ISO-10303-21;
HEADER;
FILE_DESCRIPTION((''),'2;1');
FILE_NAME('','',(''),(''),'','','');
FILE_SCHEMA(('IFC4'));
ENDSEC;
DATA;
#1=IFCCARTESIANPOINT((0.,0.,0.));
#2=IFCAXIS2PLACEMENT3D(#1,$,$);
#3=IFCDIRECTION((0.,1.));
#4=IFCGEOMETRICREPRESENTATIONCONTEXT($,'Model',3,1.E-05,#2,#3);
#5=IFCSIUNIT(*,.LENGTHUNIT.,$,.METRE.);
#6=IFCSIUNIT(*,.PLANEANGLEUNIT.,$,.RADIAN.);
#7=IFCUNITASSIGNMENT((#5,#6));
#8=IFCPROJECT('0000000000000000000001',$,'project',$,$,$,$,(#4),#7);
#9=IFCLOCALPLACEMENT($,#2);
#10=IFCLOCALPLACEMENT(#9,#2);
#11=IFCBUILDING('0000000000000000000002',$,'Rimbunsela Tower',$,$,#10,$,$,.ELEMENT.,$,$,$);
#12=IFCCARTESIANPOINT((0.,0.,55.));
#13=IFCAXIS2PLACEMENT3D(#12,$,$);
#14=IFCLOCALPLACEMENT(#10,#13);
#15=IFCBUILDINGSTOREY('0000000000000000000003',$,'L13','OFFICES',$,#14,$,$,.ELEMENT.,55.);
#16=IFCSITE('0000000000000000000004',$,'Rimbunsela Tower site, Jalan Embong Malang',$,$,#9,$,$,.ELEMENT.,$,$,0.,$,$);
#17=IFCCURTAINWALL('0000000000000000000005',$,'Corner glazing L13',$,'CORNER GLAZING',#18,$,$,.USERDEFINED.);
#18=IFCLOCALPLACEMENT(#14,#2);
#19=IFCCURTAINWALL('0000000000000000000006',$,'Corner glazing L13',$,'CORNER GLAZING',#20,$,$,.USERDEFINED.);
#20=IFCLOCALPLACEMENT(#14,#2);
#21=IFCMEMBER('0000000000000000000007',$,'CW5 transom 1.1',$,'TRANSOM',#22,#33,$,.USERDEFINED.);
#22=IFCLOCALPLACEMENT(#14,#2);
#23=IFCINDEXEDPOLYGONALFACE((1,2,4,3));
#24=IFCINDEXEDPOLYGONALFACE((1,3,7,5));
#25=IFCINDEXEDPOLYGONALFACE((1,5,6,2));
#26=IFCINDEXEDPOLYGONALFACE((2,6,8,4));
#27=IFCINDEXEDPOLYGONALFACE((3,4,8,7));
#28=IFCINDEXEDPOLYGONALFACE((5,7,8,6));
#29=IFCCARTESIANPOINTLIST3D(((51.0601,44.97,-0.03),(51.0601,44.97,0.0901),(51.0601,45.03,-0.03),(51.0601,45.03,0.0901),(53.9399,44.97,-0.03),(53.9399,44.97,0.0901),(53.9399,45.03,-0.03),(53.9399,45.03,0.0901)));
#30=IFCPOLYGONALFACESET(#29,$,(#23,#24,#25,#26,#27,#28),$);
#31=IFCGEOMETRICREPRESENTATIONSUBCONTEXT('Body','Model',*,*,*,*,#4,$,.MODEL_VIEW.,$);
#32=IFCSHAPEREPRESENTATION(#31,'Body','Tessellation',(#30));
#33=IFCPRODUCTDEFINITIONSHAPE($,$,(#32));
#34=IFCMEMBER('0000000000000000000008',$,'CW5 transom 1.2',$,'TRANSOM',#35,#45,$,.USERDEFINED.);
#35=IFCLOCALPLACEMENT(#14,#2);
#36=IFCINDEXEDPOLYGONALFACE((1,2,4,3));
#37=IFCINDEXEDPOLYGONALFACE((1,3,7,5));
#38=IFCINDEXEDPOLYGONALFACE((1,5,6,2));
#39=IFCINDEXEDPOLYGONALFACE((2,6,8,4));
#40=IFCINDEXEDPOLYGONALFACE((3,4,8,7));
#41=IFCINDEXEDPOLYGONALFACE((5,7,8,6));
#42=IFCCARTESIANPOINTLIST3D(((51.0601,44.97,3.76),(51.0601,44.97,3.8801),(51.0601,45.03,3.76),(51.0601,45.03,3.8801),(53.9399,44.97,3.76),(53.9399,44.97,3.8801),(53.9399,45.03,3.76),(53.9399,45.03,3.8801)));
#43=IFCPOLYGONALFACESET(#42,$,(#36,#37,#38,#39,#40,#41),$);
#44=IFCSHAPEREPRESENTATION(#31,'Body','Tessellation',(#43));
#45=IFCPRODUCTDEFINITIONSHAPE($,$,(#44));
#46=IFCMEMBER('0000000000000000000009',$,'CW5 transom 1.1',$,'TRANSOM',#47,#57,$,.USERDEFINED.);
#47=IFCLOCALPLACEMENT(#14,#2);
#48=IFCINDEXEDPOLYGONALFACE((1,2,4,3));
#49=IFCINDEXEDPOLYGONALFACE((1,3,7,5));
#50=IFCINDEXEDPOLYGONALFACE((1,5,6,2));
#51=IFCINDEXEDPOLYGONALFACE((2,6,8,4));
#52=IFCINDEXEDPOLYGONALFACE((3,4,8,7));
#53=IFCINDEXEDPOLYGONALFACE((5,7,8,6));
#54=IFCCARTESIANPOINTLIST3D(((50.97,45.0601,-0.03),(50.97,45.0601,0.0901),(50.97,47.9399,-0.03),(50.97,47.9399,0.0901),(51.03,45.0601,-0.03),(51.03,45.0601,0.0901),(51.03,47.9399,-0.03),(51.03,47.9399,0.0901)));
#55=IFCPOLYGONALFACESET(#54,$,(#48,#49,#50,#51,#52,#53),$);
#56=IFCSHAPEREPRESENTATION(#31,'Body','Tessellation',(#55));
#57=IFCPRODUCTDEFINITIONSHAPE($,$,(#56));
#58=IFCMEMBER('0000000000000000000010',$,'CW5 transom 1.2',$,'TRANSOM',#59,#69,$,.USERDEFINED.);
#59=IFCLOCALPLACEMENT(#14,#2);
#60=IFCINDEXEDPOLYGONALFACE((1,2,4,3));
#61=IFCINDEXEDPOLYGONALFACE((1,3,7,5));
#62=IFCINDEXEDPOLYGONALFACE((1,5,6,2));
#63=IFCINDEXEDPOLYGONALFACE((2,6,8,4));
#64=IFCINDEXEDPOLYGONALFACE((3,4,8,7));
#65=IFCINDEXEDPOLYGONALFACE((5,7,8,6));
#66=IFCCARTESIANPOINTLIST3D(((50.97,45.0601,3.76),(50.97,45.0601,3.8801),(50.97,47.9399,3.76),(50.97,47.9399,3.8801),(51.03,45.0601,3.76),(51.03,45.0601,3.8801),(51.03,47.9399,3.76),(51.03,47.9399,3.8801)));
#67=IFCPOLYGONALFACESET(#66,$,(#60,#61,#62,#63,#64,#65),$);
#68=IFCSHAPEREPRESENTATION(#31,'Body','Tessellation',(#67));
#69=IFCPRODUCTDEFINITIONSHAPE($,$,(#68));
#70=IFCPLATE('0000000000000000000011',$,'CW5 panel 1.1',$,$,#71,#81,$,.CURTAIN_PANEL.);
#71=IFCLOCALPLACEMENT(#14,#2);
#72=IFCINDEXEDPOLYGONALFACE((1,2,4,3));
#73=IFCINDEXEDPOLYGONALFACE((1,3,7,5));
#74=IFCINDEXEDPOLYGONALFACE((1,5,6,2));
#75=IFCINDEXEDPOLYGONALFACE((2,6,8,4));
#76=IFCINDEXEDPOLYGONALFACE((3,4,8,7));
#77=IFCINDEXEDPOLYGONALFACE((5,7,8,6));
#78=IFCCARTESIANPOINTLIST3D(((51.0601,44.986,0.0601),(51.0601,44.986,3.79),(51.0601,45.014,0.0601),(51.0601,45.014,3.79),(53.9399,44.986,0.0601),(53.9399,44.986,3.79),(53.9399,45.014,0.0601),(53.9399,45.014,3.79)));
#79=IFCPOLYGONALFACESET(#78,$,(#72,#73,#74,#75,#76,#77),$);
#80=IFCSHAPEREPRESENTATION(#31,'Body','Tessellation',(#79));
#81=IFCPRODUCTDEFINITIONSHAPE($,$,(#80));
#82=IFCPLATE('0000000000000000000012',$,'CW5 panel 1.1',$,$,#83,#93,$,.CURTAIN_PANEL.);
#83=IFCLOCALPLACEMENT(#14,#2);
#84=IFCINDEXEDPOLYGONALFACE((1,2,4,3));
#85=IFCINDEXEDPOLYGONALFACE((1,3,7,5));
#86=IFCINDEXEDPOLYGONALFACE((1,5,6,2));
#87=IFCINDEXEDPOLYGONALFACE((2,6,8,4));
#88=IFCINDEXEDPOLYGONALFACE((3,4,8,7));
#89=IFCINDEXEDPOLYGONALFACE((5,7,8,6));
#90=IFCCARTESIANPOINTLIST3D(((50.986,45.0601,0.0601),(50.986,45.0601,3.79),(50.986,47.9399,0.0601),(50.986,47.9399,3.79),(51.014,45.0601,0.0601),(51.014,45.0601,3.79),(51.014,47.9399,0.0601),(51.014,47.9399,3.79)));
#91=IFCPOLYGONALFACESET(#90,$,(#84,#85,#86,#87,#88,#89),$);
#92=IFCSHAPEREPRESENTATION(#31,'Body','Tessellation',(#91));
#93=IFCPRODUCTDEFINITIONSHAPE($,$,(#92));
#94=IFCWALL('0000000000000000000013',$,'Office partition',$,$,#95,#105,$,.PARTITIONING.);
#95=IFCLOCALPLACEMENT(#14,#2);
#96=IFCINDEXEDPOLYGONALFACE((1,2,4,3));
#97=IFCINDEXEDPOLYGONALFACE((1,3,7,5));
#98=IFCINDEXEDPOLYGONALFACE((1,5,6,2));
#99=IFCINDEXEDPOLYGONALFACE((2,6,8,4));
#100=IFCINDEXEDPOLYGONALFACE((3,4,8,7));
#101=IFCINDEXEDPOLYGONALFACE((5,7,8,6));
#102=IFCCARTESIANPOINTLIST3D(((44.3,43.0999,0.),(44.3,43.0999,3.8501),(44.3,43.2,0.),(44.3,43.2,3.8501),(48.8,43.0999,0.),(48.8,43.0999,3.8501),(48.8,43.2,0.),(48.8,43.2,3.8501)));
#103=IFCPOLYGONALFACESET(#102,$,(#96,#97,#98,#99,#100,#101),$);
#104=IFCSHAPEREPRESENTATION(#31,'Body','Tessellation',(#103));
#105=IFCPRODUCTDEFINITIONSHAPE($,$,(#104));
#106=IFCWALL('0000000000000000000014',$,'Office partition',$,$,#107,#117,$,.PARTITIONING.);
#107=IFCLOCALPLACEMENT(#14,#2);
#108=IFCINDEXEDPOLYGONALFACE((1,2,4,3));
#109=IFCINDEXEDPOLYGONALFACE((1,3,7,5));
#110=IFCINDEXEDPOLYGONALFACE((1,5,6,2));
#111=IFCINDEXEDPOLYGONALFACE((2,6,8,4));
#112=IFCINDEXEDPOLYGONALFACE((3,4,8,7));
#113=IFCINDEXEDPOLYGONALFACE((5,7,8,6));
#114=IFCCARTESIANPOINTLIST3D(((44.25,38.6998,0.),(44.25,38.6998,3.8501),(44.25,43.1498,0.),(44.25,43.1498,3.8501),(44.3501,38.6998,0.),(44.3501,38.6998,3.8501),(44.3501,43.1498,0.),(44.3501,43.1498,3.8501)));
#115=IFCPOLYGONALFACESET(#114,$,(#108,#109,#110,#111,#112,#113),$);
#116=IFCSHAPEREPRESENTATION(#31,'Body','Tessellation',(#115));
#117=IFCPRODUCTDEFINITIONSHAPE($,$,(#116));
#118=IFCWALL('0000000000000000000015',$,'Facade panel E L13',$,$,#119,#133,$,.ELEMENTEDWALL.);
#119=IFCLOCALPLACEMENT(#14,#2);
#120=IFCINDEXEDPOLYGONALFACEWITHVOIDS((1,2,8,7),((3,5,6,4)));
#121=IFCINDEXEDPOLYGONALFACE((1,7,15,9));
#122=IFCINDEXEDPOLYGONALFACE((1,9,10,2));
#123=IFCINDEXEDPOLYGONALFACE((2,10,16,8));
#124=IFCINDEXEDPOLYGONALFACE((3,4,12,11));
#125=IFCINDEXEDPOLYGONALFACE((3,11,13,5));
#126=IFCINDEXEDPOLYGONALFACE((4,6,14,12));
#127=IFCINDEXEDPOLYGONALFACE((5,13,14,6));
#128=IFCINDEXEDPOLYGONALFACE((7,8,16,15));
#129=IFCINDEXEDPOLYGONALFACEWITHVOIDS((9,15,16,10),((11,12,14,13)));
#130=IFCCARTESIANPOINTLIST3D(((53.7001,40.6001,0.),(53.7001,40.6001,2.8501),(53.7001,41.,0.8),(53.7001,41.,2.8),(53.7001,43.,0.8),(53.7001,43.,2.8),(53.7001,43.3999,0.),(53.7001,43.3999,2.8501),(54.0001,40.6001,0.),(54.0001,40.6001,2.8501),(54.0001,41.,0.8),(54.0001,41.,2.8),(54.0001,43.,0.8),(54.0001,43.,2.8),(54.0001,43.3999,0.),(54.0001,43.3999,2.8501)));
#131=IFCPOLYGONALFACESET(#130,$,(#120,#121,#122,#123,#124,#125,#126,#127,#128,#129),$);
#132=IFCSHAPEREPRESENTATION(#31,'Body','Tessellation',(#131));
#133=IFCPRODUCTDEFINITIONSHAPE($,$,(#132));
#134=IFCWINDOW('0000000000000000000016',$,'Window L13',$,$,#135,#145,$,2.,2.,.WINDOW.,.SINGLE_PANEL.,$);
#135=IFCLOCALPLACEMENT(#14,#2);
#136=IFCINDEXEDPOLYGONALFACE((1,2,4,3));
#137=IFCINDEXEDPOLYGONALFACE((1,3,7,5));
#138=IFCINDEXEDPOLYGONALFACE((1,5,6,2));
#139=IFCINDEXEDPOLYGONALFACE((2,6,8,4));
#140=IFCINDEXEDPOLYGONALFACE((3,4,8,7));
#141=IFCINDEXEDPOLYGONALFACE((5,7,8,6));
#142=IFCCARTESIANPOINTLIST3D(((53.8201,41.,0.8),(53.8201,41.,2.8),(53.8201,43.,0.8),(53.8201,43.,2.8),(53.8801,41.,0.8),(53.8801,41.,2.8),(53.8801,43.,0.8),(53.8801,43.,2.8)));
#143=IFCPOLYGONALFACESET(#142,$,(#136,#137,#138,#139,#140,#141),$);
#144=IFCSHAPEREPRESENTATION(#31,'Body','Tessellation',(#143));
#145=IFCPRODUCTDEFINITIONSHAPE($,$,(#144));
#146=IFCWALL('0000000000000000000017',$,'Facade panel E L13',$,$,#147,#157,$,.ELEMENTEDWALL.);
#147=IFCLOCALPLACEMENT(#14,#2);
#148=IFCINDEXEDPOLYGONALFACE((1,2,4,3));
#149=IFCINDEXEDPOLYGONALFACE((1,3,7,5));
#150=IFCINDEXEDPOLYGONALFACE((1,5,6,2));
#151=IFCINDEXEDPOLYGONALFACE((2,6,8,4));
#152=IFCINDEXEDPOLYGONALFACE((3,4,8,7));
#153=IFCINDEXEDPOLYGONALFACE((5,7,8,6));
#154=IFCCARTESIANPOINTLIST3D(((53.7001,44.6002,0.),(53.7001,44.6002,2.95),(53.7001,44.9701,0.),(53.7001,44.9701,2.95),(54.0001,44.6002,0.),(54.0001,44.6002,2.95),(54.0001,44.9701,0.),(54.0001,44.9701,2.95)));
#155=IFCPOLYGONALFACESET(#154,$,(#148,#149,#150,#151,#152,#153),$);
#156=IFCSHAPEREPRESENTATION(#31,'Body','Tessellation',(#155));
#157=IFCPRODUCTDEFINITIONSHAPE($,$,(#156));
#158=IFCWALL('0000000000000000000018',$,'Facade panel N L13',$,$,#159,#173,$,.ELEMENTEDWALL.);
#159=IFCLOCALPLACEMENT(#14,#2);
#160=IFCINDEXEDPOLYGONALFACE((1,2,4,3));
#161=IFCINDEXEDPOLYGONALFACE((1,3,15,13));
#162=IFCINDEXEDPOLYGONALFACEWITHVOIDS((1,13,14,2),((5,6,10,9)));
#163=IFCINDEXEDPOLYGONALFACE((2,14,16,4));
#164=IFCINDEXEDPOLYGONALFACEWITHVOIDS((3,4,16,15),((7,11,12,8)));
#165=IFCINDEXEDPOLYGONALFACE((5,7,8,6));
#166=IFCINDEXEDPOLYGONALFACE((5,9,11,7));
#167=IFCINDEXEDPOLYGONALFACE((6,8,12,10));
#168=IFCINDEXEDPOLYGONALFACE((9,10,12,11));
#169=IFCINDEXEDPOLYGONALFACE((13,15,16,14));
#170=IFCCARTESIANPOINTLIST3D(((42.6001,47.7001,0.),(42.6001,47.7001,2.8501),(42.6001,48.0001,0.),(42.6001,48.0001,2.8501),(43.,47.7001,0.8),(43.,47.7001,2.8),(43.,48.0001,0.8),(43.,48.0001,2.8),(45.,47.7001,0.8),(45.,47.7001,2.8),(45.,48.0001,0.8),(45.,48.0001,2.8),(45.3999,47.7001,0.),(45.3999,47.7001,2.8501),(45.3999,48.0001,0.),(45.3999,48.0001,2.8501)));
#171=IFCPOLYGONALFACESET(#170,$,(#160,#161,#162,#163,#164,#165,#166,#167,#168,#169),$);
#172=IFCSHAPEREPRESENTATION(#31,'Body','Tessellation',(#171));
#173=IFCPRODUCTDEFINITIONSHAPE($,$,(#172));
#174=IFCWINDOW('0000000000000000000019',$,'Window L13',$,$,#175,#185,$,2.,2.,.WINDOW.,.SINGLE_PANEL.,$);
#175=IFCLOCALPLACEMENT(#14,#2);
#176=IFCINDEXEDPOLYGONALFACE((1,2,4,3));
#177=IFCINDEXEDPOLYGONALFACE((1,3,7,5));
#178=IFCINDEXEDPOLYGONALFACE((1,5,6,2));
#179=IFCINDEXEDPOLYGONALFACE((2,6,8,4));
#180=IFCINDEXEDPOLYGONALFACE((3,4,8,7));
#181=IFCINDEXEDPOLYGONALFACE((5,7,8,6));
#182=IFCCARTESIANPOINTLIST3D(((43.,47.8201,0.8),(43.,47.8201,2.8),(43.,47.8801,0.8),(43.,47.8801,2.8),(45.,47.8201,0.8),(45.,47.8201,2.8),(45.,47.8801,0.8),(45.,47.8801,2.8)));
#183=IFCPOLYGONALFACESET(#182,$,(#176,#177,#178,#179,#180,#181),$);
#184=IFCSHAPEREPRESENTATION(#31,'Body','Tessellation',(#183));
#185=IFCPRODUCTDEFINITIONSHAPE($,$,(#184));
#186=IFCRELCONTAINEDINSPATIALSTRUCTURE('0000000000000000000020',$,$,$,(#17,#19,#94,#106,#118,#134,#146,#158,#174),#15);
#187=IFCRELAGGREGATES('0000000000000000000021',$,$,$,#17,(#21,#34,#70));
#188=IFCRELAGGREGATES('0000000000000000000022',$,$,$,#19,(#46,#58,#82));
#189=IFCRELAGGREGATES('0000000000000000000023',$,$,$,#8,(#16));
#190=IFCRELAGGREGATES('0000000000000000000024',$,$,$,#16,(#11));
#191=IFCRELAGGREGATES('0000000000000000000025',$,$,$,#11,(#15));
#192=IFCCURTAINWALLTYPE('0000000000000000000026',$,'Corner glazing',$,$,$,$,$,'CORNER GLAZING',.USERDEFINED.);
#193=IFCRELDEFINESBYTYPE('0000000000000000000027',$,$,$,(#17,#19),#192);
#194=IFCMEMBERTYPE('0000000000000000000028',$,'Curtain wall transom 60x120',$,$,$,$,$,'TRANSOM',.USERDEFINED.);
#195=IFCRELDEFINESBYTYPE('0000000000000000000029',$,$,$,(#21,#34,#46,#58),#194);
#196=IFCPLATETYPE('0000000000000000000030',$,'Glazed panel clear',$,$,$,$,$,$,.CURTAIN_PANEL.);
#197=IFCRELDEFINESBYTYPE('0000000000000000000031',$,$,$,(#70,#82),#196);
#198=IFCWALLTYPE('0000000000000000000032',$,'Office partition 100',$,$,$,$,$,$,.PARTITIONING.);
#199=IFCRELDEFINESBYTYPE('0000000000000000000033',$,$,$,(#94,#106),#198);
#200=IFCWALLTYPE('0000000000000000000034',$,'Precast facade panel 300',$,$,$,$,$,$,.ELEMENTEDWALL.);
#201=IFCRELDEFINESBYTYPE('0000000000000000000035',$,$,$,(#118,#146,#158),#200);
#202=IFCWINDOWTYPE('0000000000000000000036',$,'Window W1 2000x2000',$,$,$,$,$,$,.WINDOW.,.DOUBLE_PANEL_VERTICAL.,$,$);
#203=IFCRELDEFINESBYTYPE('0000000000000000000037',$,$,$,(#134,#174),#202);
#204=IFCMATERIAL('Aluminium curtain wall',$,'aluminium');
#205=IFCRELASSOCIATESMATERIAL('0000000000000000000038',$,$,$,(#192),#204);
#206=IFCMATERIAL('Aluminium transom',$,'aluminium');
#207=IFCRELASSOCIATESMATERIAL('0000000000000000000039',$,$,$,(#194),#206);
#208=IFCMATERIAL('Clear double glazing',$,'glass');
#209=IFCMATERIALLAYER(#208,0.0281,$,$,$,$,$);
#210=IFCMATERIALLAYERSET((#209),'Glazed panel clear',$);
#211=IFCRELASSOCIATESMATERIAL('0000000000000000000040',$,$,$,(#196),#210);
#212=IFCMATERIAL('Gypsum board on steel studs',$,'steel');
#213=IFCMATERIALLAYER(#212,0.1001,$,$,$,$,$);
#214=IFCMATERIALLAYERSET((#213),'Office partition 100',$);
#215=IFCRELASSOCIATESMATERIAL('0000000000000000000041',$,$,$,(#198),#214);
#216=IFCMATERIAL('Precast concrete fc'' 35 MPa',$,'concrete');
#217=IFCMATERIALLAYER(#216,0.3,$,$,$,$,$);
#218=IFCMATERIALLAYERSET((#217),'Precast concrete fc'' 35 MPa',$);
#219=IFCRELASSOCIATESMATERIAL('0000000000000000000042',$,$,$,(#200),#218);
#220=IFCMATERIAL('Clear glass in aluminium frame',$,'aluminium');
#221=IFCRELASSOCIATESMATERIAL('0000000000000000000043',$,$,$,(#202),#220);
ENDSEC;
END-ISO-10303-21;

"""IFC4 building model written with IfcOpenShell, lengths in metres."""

from ifc_helpers import new_model, si_unit, direction, frame, frame_2d, origin, origin_2d, place, context, subcontext, project, spatial, rectangle, extrude, material, layer, layer_set, material_profile, profile_set, type_object, element, fill, aggregate, save


model = new_model("IFC4")

# Units and contexts
model_context = context("Model", 3, precision=1e-05, world=origin(), true_north=direction((0.0, 1.0)))
body_context = subcontext(model_context, "Body", "Model", "MODEL_VIEW")
ifc_project = project(units=[si_unit("LENGTHUNIT", "METRE"), si_unit("PLANEANGLEUNIT", "RADIAN")], contexts=[model_context])

# Site, building, storey
site_placement = place(None, origin())
site = spatial("IfcSite", under=ifc_project, at=site_placement, Name="Rimbunsela Tower site, Jalan Embong Malang", CompositionType="ELEMENT", RefElevation=0.0)
building_placement = place(site_placement, origin())
building = spatial("IfcBuilding", under=site, at=building_placement, Name="Rimbunsela Tower", CompositionType="ELEMENT")
storey_placement = place(building_placement, frame((0.0, 0.0, 55.0)))
storey = spatial("IfcBuildingStorey", under=building, at=storey_placement, Name="L13", Description="OFFICES", CompositionType="ELEMENT", Elevation=55.0)

# Curtain walls
ifc_material_1 = material(Name="Aluminium curtain wall", Category="aluminium")
curtain_wall_type = type_object("IfcCurtainWallType", Name="Corner glazing", ElementType="CORNER GLAZING", PredefinedType="USERDEFINED", material=ifc_material_1)
curtain_wall_1_placement = place(storey_placement, origin())
curtain_wall_1 = element("IfcCurtainWall", 1, at=curtain_wall_1_placement, inside=storey, type_object=curtain_wall_type, Name="Corner glazing L13", ObjectType="CORNER GLAZING", PredefinedType="USERDEFINED")
curtain_wall_2_placement = place(storey_placement, origin())
curtain_wall_2 = element("IfcCurtainWall", 2, at=curtain_wall_2_placement, inside=storey, type_object=curtain_wall_type, Name="Corner glazing L13", ObjectType="CORNER GLAZING", PredefinedType="USERDEFINED")

# Members
ifc_material_2 = material(Name="Aluminium transom", Category="aluminium")
ifc_material_profile_1 = material_profile(ifc_material_2, rectangle(XDim=0.0601, YDim=0.1201, at=origin_2d()), Name="Transom 60x120")
ifc_profile_set_1 = profile_set([ifc_material_profile_1], Name="Aluminium transom")
member_type_1 = type_object("IfcMemberType", Name="Curtain wall transom 60x120", ElementType="TRANSOM", PredefinedType="USERDEFINED", material=ifc_profile_set_1)
member_1_placement = place(storey_placement, frame((53.9399, 45.0, 0.03), z_axis=(-1.0, 0.0, 0.0), x_axis=(0.0, -1.0, 0.0)))
member_1 = element("IfcMember", 3, at=member_1_placement, type_object=member_type_1, Name="CW5 transom 1.1", ObjectType="TRANSOM", PredefinedType="USERDEFINED", context=body_context, shape_type="SweptSolid", body=[
    extrude(rectangle(XDim=0.0601, YDim=0.1201, at=origin_2d()), origin(), (0.0, 0.0, 1.0), 2.8799),
])
member_2_placement = place(storey_placement, frame((53.9399, 45.0, 3.8201), z_axis=(-1.0, 0.0, 0.0), x_axis=(0.0, -1.0, 0.0)))
member_2 = element("IfcMember", 4, at=member_2_placement, type_object=member_type_1, Name="CW5 transom 1.2", ObjectType="TRANSOM", PredefinedType="USERDEFINED", context=body_context, shape_type="SweptSolid", body=[
    extrude(rectangle(XDim=0.0601, YDim=0.1201, at=origin_2d()), origin(), (0.0, 0.0, 1.0), 2.8799),
])
member_3_placement = place(storey_placement, frame((51.0, 45.0601, 0.03), z_axis=(0.0, 1.0, 0.0), x_axis=(-1.0, 0.0, 0.0)))
member_3 = element("IfcMember", 5, at=member_3_placement, type_object=member_type_1, Name="CW5 transom 1.1", ObjectType="TRANSOM", PredefinedType="USERDEFINED", context=body_context, shape_type="SweptSolid", body=[
    extrude(rectangle(XDim=0.0601, YDim=0.1201, at=origin_2d()), origin(), (0.0, 0.0, 1.0), 2.8799),
])
member_4_placement = place(storey_placement, frame((51.0, 45.0601, 3.8201), z_axis=(0.0, 1.0, 0.0), x_axis=(-1.0, 0.0, 0.0)))
member_4 = element("IfcMember", 6, at=member_4_placement, type_object=member_type_1, Name="CW5 transom 1.2", ObjectType="TRANSOM", PredefinedType="USERDEFINED", context=body_context, shape_type="SweptSolid", body=[
    extrude(rectangle(XDim=0.0601, YDim=0.1201, at=origin_2d()), origin(), (0.0, 0.0, 1.0), 2.8799),
])

# Plates
ifc_material_3 = material(Name="Clear double glazing", Category="glass")
ifc_layer_1 = layer(ifc_material_3, 0.0281)
ifc_layer_set_1 = layer_set([ifc_layer_1], Name="Glazed panel clear")
plate_type = type_object("IfcPlateType", Name="Glazed panel clear", PredefinedType="CURTAIN_PANEL", material=ifc_layer_set_1)
plate_1_placement = place(storey_placement, frame((52.5, 45.0, 0.0601), z_axis=(0.0, 0.0, 1.0), x_axis=(-1.0, 0.0, 0.0)))
plate_1 = element("IfcPlate", 7, at=plate_1_placement, type_object=plate_type, Name="CW5 panel 1.1", PredefinedType="CURTAIN_PANEL", context=body_context, shape_type="SweptSolid", body=[
    extrude(rectangle(XDim=2.8799, YDim=0.0281, at=origin_2d()), origin(), (0.0, 0.0, 1.0), 3.73),
])
aggregate(curtain_wall_1, [member_1, member_2, plate_1])
plate_2_placement = place(storey_placement, frame((51.0, 46.5, 0.0601), z_axis=(0.0, 0.0, 1.0), x_axis=(0.0, 1.0, 0.0)))
plate_2 = element("IfcPlate", 8, at=plate_2_placement, type_object=plate_type, Name="CW5 panel 1.1", PredefinedType="CURTAIN_PANEL", context=body_context, shape_type="SweptSolid", body=[
    extrude(rectangle(XDim=2.8799, YDim=0.0281, at=origin_2d()), origin(), (0.0, 0.0, 1.0), 3.73),
])
aggregate(curtain_wall_2, [member_3, member_4, plate_2])

# Walls
ifc_material_4 = material(Name="Gypsum board on steel studs", Category="steel")
ifc_layer_2 = layer(ifc_material_4, 0.1001)
ifc_layer_set_2 = layer_set([ifc_layer_2], Name="Office partition 100")
wall_type_1 = type_object("IfcWallType", Name="Office partition 100", PredefinedType="PARTITIONING", material=ifc_layer_set_2)
wall_1_placement = place(storey_placement, frame((48.8, 43.1499, 0.0), z_axis=(0.0, 0.0, 1.0), x_axis=(-1.0, 0.0, 0.0)))
element("IfcWall", 9, at=wall_1_placement, inside=storey, type_object=wall_type_1, Name="Office partition", PredefinedType="PARTITIONING", context=body_context, shape_type="SweptSolid", body=[
    extrude(rectangle(XDim=4.5, YDim=0.1001, at=frame_2d((2.25, 0.0))), origin(), (0.0, 0.0, 1.0), 3.8501),
])
wall_2_placement = place(storey_placement, frame((44.3, 43.1499, 0.0), z_axis=(0.0, 0.0, 1.0), x_axis=(0.0, -1.0, 0.0)))
element("IfcWall", 10, at=wall_2_placement, inside=storey, type_object=wall_type_1, Name="Office partition", PredefinedType="PARTITIONING", context=body_context, shape_type="SweptSolid", body=[
    extrude(rectangle(XDim=4.45, YDim=0.1001, at=frame_2d((2.2251, 0.0))), origin(), (0.0, 0.0, 1.0), 3.8501),
])

# Wall, opening, window
ifc_material_5 = material(Name="Precast concrete fc' 35 MPa", Category="concrete")
ifc_layer_3 = layer(ifc_material_5, 0.3)
ifc_layer_set_3 = layer_set([ifc_layer_3], Name="Precast concrete fc' 35 MPa")
wall_type_2 = type_object("IfcWallType", Name="Precast facade panel 300", PredefinedType="ELEMENTEDWALL", material=ifc_layer_set_3)
wall_3_placement = place(storey_placement, frame((53.8501, 40.6001, 0.0), z_axis=(0.0, 0.0, 1.0), x_axis=(0.0, 1.0, 0.0)))
wall_3 = element("IfcWall", 11, at=wall_3_placement, inside=storey, type_object=wall_type_2, Name="Facade panel E L13", PredefinedType="ELEMENTEDWALL", context=body_context, shape_type="SweptSolid", body=[
    extrude(rectangle(XDim=2.7998, YDim=0.3, at=frame_2d((1.3999, 0.0))), origin(), (0.0, 0.0, 1.0), 2.8501),
])
opening_1_placement = place(wall_3_placement, frame((0.3999, 0.0, 0.8)))
opening_1 = element("IfcOpeningElement", 12, at=opening_1_placement, cuts=wall_3, PredefinedType="OPENING", context=body_context, shape_type="SweptSolid", body=[
    extrude(rectangle(XDim=2.0, YDim=2.0, at=frame_2d((1.0, 1.0))), frame((0.0, 0.1599, 0.0), z_axis=(0.0, -1.0, 0.0), x_axis=(1.0, 0.0, 0.0)), (0.0, 0.0, 1.0), 0.3201),
])
ifc_material_6 = material(Name="Clear glass in aluminium frame", Category="aluminium")
window_type = type_object("IfcWindowType", Name="Window W1 2000x2000", PartitioningType="DOUBLE_PANEL_VERTICAL", PredefinedType="WINDOW", material=ifc_material_6)
window_1_placement = place(opening_1_placement, origin())
window_1 = element("IfcWindow", 13, at=window_1_placement, inside=storey, type_object=window_type, Name="Window L13", OverallHeight=2.0, OverallWidth=2.0, PartitioningType="SINGLE_PANEL", PredefinedType="WINDOW", context=body_context, shape_type="SweptSolid", body=[
    extrude(rectangle(XDim=2.0, YDim=2.0, at=frame_2d((1.0, 1.0))), frame((0.0, 0.03, 0.0), z_axis=(0.0, -1.0, 0.0), x_axis=(1.0, 0.0, 0.0)), (0.0, 0.0, 1.0), 0.0601),
])
fill(opening_1, window_1)

# Wall
wall_4_placement = place(storey_placement, frame((53.8501, 44.6001, 0.0), z_axis=(0.0, 0.0, 1.0), x_axis=(0.0, 1.0, 0.0)))
element("IfcWall", 14, at=wall_4_placement, inside=storey, type_object=wall_type_2, Name="Facade panel E L13", PredefinedType="ELEMENTEDWALL", context=body_context, shape_type="SweptSolid", body=[
    extrude(rectangle(XDim=0.3699, YDim=0.3, at=frame_2d((0.1851, 0.0))), origin(), (0.0, 0.0, 1.0), 2.95),
])

# Wall, opening, window
wall_5_placement = place(storey_placement, frame((45.3999, 47.8501, 0.0), z_axis=(0.0, 0.0, 1.0), x_axis=(-1.0, 0.0, 0.0)))
wall_5 = element("IfcWall", 15, at=wall_5_placement, inside=storey, type_object=wall_type_2, Name="Facade panel N L13", PredefinedType="ELEMENTEDWALL", context=body_context, shape_type="SweptSolid", body=[
    extrude(rectangle(XDim=2.7998, YDim=0.3, at=frame_2d((1.3999, 0.0))), origin(), (0.0, 0.0, 1.0), 2.8501),
])
opening_2_placement = place(wall_5_placement, frame((0.3999, 0.0, 0.8)))
opening_2 = element("IfcOpeningElement", 16, at=opening_2_placement, cuts=wall_5, PredefinedType="OPENING", context=body_context, shape_type="SweptSolid", body=[
    extrude(rectangle(XDim=2.0, YDim=2.0, at=frame_2d((1.0, 1.0))), frame((0.0, 0.1599, 0.0), z_axis=(0.0, -1.0, 0.0), x_axis=(1.0, 0.0, 0.0)), (0.0, 0.0, 1.0), 0.3201),
])
window_2_placement = place(opening_2_placement, origin())
window_2 = element("IfcWindow", 17, at=window_2_placement, inside=storey, type_object=window_type, Name="Window L13", OverallHeight=2.0, OverallWidth=2.0, PartitioningType="SINGLE_PANEL", PredefinedType="WINDOW", context=body_context, shape_type="SweptSolid", body=[
    extrude(rectangle(XDim=2.0, YDim=2.0, at=frame_2d((1.0, 1.0))), frame((0.0, 0.03, 0.0), z_axis=(0.0, -1.0, 0.0), x_axis=(1.0, 0.0, 0.0)), (0.0, 0.0, 1.0), 0.0601),
])
fill(opening_2, window_2)

save(model, "model.ifc")
